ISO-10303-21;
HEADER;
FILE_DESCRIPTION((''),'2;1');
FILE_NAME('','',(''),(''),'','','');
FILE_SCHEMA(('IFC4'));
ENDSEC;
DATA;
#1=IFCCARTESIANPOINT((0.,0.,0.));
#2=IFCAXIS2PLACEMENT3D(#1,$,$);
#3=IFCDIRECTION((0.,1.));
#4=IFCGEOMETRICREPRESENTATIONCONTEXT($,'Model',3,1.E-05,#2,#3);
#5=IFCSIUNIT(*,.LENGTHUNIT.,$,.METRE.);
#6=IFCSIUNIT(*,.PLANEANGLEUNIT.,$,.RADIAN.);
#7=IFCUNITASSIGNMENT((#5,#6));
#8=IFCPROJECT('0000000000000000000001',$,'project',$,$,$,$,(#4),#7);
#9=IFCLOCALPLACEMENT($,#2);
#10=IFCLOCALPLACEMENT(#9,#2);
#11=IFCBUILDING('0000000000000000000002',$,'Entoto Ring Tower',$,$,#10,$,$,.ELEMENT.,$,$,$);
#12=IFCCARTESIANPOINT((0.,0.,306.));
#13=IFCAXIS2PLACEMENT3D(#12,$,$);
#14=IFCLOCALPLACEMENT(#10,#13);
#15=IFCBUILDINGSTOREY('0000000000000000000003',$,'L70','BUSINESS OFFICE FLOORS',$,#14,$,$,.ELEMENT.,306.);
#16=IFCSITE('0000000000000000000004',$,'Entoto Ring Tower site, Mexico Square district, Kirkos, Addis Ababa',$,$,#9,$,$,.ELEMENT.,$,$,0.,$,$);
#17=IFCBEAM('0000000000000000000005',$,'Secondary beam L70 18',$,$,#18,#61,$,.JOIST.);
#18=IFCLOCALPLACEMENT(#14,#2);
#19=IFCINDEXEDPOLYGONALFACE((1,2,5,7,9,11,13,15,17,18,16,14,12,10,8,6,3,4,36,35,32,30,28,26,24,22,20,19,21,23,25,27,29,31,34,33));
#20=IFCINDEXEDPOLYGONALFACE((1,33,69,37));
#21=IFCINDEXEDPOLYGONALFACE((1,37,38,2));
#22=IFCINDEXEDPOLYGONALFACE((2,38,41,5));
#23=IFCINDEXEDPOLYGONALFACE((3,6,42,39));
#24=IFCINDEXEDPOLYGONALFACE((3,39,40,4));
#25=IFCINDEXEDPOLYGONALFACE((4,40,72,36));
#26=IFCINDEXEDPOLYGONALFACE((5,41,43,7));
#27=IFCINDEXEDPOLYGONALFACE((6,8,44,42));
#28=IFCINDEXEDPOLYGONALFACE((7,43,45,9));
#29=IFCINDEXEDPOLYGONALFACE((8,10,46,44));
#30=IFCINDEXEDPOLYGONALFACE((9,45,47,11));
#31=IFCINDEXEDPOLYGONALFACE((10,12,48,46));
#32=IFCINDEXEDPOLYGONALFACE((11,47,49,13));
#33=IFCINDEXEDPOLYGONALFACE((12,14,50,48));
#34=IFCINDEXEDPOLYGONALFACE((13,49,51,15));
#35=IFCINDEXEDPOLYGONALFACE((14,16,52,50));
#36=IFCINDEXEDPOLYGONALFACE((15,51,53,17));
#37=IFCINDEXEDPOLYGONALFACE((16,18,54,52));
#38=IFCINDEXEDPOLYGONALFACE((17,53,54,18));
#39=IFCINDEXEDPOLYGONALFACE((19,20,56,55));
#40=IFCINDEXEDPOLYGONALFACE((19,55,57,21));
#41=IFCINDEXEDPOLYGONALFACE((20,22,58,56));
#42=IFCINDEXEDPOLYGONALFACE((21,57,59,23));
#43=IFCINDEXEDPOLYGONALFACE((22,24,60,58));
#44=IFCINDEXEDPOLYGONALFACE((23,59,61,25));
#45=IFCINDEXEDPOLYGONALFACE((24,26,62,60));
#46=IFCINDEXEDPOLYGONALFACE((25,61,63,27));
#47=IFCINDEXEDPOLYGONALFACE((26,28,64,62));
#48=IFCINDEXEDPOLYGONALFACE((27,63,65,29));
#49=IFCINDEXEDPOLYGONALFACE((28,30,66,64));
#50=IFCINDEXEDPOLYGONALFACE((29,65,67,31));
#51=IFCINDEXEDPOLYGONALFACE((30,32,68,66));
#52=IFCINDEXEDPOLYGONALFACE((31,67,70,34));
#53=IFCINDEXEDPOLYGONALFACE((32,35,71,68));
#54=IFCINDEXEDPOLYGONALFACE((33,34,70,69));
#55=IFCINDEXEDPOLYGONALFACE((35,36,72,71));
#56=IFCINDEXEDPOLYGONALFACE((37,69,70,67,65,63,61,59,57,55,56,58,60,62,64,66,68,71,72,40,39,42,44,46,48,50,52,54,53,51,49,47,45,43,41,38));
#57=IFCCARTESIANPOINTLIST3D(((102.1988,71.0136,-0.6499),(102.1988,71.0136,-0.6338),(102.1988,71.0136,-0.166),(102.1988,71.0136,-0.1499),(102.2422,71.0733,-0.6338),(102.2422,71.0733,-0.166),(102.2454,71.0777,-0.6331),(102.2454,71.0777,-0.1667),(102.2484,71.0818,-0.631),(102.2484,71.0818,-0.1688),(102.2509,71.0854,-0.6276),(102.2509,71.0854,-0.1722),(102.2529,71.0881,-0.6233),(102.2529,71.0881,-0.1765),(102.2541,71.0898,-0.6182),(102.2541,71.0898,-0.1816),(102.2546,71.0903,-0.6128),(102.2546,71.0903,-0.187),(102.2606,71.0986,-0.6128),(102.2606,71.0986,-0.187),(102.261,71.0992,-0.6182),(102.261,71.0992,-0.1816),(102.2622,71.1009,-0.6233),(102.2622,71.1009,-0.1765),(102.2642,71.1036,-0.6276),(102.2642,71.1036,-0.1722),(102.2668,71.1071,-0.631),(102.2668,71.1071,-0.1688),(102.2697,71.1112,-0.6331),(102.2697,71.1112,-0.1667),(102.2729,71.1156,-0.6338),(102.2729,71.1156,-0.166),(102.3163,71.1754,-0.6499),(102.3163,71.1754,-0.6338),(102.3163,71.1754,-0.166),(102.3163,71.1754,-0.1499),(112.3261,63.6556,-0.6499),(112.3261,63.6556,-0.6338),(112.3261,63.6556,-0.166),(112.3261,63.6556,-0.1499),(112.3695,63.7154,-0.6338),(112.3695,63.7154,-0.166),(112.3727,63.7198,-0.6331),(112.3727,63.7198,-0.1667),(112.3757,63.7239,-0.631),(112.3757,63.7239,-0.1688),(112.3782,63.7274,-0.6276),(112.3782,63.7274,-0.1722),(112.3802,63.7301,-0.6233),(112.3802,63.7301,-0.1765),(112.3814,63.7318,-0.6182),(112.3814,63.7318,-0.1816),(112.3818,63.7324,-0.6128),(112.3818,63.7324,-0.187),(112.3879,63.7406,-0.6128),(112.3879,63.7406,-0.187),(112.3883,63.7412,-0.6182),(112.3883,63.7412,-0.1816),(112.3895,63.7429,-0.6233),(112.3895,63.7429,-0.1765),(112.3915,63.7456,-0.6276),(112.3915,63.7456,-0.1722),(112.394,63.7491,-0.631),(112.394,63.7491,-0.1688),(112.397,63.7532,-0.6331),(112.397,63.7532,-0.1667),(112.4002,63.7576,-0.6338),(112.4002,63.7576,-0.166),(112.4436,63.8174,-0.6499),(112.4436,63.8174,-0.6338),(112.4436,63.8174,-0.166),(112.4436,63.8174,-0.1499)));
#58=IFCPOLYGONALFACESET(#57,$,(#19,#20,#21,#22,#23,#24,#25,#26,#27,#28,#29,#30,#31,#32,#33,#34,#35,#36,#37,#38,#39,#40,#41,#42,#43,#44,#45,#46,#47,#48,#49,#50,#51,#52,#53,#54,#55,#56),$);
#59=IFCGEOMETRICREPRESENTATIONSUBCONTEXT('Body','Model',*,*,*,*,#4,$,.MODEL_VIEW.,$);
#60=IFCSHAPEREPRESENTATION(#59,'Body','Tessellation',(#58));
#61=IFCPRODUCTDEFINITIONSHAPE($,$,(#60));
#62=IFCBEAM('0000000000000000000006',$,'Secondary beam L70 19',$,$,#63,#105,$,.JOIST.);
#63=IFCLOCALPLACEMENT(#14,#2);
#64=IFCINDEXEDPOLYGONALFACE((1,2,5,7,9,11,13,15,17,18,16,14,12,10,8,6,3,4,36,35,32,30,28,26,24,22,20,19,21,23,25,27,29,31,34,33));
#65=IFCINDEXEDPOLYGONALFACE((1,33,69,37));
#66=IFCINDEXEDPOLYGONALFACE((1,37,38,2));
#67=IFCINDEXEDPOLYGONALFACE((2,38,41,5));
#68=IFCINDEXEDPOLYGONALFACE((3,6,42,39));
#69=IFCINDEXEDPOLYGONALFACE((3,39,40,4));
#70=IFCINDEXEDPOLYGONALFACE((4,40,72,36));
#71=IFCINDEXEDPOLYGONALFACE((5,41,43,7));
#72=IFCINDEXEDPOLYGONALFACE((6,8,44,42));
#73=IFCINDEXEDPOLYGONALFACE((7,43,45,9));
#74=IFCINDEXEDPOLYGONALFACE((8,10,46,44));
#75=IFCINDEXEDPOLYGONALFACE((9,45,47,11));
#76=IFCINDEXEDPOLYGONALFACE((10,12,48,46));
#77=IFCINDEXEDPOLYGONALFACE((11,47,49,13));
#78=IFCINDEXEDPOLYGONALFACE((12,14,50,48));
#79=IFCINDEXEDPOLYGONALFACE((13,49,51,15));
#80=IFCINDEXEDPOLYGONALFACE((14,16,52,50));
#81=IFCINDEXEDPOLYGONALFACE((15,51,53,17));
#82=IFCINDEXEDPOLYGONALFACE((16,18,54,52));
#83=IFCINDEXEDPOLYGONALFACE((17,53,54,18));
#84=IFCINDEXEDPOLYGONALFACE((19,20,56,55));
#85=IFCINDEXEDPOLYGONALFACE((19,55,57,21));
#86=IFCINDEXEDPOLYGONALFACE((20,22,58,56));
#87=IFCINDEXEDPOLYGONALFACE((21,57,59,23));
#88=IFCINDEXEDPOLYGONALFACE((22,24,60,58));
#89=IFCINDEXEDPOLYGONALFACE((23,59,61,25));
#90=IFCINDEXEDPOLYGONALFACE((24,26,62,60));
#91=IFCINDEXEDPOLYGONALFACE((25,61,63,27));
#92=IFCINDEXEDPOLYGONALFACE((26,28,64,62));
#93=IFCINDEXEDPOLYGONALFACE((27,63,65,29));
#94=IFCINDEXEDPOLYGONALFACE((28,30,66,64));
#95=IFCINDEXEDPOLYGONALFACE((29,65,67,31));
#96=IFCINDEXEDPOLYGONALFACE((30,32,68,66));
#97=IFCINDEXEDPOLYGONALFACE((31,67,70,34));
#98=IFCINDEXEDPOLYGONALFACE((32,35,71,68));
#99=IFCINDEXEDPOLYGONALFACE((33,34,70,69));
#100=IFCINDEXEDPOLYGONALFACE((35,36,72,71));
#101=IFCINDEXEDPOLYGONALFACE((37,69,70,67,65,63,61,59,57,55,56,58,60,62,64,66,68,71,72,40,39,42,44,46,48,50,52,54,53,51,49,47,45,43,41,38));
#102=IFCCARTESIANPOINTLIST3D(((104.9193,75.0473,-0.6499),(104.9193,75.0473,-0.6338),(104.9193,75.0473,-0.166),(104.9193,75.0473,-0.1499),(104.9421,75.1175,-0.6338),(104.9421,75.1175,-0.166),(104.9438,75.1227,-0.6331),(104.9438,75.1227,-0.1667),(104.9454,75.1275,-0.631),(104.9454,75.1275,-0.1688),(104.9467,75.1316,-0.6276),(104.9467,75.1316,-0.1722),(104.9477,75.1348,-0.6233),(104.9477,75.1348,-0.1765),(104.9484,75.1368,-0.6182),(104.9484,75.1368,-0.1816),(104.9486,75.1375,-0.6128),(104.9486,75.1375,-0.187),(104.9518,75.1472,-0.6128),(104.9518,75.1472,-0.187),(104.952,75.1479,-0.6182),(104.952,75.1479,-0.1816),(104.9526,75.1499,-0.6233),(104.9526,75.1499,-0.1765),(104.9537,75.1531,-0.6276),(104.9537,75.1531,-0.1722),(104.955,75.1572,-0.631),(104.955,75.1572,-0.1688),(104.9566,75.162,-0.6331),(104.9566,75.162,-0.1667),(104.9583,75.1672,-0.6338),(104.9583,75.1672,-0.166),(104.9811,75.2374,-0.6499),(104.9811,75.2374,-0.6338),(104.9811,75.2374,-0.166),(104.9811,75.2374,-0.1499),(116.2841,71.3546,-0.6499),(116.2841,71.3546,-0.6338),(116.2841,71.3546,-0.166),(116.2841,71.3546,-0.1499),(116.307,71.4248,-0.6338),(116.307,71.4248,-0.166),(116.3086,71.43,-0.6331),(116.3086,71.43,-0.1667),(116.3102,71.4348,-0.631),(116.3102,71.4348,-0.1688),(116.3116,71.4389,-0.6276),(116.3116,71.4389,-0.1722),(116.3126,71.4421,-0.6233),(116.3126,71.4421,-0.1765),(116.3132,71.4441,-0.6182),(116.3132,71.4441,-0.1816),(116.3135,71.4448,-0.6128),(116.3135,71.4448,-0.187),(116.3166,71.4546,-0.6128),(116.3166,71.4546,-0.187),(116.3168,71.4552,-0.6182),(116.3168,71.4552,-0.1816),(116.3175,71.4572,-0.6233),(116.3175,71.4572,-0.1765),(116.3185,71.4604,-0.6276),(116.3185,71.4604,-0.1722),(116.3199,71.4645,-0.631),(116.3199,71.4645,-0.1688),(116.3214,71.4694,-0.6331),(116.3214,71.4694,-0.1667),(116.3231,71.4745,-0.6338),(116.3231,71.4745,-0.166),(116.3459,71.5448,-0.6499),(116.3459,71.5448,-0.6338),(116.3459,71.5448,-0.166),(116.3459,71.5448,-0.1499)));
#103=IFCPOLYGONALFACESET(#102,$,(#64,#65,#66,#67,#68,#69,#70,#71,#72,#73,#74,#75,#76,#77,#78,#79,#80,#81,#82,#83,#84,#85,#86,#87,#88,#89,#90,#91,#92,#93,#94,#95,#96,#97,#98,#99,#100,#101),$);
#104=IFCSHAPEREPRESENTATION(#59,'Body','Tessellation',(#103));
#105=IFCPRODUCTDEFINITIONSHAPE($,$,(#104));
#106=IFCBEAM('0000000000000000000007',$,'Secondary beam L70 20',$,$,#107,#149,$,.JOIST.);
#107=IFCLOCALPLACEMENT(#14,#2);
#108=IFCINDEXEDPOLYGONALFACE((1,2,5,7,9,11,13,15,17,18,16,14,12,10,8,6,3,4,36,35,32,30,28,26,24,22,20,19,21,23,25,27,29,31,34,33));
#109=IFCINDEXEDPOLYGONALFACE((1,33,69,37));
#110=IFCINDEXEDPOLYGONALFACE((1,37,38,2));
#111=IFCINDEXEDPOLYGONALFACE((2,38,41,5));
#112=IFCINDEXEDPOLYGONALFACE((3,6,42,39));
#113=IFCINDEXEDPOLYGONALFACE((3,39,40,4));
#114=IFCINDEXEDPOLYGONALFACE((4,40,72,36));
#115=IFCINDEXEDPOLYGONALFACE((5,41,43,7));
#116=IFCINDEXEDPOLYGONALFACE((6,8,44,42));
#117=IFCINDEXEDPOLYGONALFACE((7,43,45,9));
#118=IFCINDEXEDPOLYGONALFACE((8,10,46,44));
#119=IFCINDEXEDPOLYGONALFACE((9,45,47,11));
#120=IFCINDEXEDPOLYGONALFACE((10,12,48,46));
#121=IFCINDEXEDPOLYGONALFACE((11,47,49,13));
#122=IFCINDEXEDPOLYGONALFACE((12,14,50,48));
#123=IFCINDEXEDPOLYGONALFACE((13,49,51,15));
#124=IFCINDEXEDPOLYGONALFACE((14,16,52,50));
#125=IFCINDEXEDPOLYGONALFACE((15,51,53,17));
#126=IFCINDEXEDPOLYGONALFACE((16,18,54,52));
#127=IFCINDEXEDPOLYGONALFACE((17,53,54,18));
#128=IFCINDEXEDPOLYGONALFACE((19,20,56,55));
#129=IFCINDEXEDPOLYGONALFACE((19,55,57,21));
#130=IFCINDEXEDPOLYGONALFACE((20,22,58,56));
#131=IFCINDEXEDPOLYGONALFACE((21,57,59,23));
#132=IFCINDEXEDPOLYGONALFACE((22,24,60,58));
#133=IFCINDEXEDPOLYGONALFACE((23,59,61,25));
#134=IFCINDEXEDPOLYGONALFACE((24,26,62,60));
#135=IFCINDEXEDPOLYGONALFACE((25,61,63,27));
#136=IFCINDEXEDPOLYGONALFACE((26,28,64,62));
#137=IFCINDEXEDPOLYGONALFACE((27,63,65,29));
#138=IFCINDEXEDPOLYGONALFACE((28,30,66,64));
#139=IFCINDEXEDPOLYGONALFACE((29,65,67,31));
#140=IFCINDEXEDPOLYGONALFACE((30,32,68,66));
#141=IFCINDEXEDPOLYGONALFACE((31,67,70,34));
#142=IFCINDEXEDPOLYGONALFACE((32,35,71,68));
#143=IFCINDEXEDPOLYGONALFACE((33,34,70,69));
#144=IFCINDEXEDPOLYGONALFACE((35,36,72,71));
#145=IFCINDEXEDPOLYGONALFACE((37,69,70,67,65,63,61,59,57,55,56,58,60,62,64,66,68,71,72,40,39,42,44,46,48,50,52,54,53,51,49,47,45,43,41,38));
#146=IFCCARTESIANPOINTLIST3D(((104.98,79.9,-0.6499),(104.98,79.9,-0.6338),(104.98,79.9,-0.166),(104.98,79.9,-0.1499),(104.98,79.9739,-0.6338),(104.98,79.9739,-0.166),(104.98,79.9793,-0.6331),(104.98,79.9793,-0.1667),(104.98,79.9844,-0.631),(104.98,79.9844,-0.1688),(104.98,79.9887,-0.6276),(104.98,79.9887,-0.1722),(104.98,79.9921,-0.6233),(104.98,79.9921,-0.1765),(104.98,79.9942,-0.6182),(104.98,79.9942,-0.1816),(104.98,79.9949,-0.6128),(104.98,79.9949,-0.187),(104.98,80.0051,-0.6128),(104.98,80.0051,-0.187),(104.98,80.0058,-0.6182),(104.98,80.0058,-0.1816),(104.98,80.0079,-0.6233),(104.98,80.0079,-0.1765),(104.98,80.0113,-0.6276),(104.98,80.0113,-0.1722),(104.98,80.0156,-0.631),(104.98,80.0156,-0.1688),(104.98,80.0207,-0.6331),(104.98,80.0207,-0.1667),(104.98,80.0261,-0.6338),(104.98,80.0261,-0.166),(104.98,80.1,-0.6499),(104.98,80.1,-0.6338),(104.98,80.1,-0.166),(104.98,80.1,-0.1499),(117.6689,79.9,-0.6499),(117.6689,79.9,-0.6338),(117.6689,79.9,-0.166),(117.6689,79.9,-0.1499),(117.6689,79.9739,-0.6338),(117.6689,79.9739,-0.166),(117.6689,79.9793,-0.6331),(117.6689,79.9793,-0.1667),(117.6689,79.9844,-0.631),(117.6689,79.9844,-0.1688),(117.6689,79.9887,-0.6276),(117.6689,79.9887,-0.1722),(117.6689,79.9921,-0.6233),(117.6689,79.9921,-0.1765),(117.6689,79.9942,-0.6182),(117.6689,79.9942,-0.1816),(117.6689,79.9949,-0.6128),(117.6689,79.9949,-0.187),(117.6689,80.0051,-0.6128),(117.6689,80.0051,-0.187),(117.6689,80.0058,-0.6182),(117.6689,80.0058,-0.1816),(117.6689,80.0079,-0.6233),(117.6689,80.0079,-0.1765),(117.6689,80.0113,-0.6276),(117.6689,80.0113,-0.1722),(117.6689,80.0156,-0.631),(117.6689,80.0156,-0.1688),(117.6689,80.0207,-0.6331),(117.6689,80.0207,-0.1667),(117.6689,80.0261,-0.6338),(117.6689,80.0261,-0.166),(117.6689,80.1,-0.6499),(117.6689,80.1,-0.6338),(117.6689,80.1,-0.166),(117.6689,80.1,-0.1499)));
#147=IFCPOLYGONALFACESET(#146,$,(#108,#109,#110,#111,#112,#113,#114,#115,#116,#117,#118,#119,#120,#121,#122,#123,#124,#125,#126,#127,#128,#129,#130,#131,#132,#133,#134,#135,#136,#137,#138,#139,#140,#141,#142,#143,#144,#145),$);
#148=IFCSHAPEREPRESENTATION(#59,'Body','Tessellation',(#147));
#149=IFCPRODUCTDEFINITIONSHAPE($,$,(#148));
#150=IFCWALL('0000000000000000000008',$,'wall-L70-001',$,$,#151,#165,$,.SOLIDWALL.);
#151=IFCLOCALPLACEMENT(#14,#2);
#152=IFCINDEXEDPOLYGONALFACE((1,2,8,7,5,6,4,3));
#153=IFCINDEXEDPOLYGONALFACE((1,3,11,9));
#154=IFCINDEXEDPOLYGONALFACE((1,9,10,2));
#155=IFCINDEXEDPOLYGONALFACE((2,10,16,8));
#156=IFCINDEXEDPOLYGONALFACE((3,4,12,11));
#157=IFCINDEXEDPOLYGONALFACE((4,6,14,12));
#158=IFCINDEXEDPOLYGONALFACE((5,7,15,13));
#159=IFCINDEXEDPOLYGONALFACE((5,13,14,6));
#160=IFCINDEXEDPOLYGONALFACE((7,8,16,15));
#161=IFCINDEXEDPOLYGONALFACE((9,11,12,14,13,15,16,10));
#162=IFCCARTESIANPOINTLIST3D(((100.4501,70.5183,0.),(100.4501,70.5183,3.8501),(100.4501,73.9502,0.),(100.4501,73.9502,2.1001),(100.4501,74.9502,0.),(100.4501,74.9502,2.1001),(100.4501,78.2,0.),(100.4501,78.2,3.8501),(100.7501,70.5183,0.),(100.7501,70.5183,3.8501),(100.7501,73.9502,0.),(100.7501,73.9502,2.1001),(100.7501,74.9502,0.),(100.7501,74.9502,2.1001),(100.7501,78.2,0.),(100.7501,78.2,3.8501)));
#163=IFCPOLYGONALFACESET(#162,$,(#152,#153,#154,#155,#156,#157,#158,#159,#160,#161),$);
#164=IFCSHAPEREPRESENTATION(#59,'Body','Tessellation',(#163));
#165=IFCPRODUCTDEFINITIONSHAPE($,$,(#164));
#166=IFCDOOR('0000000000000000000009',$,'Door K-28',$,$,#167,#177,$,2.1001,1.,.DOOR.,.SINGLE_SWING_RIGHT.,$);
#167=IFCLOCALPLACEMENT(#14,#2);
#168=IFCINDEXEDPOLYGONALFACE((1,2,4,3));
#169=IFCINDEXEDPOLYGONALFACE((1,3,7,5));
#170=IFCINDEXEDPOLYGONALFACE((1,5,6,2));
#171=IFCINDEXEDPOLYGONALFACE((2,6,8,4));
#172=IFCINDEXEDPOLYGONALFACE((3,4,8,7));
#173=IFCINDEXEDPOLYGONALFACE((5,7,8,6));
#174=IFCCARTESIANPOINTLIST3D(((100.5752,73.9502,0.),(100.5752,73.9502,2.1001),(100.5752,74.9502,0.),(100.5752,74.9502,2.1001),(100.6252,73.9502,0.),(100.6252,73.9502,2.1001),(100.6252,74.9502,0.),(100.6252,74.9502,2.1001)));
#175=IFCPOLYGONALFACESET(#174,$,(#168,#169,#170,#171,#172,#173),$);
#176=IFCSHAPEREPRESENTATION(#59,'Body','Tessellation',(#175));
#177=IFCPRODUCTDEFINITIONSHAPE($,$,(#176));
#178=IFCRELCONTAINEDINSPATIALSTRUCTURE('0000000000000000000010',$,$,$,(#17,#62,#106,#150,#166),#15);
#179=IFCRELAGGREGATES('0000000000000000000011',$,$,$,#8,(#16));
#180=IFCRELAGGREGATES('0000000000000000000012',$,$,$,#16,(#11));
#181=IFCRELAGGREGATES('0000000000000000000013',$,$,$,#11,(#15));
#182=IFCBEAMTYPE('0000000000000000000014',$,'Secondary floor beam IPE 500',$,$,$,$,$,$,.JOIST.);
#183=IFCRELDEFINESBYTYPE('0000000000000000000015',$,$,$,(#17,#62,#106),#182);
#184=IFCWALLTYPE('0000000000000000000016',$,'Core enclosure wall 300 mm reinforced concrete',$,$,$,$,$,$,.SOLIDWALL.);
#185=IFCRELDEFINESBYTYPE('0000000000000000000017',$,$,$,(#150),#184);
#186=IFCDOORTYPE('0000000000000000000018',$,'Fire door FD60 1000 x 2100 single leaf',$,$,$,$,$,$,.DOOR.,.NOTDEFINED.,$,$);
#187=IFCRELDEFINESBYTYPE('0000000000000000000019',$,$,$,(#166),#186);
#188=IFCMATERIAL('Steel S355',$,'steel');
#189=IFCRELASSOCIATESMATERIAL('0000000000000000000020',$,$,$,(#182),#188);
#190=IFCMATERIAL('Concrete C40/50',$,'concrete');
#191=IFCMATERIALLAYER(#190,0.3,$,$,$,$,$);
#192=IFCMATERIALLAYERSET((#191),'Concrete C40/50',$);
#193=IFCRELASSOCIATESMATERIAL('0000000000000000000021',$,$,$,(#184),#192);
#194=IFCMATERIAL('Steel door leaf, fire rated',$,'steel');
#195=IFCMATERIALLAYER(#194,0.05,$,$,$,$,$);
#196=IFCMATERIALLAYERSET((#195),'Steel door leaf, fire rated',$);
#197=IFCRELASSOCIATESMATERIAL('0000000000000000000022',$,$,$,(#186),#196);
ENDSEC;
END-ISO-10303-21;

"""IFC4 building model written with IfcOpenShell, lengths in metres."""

from ifc_helpers import new_model, si_unit, direction, frame, frame_2d, origin, origin_2d, place, context, subcontext, project, spatial, rectangle, i_section, extrude, material, layer, layer_set, material_profile, profile_set, type_object, element, fill, save


model = new_model("IFC4")

# Units and contexts
model_context = context("Model", 3, precision=1e-05, world=origin(), true_north=direction((0.0, 1.0)))
body_context = subcontext(model_context, "Body", "Model", "MODEL_VIEW")
ifc_project = project(units=[si_unit("LENGTHUNIT", "METRE"), si_unit("PLANEANGLEUNIT", "RADIAN")], contexts=[model_context])

# Site, building, storey
site_placement = place(None, origin())
site = spatial("IfcSite", under=ifc_project, at=site_placement, Name="Entoto Ring Tower site, Mexico Square district, Kirkos, Addis Ababa", CompositionType="ELEMENT", RefElevation=0.0)
building_placement = place(site_placement, origin())
building = spatial("IfcBuilding", under=site, at=building_placement, Name="Entoto Ring Tower", CompositionType="ELEMENT")
storey_placement = place(building_placement, frame((0.0, 0.0, 306.0)))
storey = spatial("IfcBuildingStorey", under=building, at=storey_placement, Name="L70", Description="BUSINESS OFFICE FLOORS", CompositionType="ELEMENT", Elevation=306.0)

# Beams
ifc_material_1 = material(Name="Steel S355", Category="steel")
ifc_material_profile_1 = material_profile(ifc_material_1, i_section(OverallWidth=0.2, OverallDepth=0.5, WebThickness=0.0103, FlangeThickness=0.0161, FilletRadius=0.021, at=origin_2d()), Name="IPE 500")
ifc_profile_set_1 = profile_set([ifc_material_profile_1], Name="Steel S355")
beam_type_1 = type_object("IfcBeamType", Name="Secondary floor beam IPE 500", PredefinedType="JOIST", material=ifc_profile_set_1)
beam_1_placement = place(storey_placement, frame((102.2576, 71.0945, -0.3999), z_axis=(0.809014, -0.587789, 0.0), x_axis=(0.587789, 0.809014, 0.0)))
element("IfcBeam", 1, at=beam_1_placement, inside=storey, type_object=beam_type_1, Name="Secondary beam L70 18", PredefinedType="JOIST", context=body_context, shape_type="SweptSolid", body=[
    extrude(i_section(OverallWidth=0.2, OverallDepth=0.5, WebThickness=0.0103, FlangeThickness=0.0161, FilletRadius=0.021, at=origin_2d()), origin(), (0.0, 0.0, 1.0), 12.5181),
])
beam_2_placement = place(storey_placement, frame((104.9502, 75.1423, -0.3999), z_axis=(0.951057, -0.309017, 0.0), x_axis=(0.309017, 0.951057, 0.0)))
element("IfcBeam", 2, at=beam_2_placement, inside=storey, type_object=beam_type_1, Name="Secondary beam L70 19", PredefinedType="JOIST", context=body_context, shape_type="SweptSolid", body=[
    extrude(i_section(OverallWidth=0.2, OverallDepth=0.5, WebThickness=0.0103, FlangeThickness=0.0161, FilletRadius=0.021, at=origin_2d()), origin(), (0.0, 0.0, 1.0), 11.9497),
])
beam_3_placement = place(storey_placement, frame((104.98, 80.0, -0.3999), z_axis=(1.0, 0.0, 0.0), x_axis=(0.0, 1.0, 0.0)))
element("IfcBeam", 3, at=beam_3_placement, inside=storey, type_object=beam_type_1, Name="Secondary beam L70 20", PredefinedType="JOIST", context=body_context, shape_type="SweptSolid", body=[
    extrude(i_section(OverallWidth=0.2, OverallDepth=0.5, WebThickness=0.0103, FlangeThickness=0.0161, FilletRadius=0.021, at=origin_2d()), origin(), (0.0, 0.0, 1.0), 12.689),
])

# Wall, opening, door
ifc_material_2 = material(Name="Concrete C40/50", Category="concrete")
ifc_layer_1 = layer(ifc_material_2, 0.3)
ifc_layer_set_1 = layer_set([ifc_layer_1], Name="Concrete C40/50")
wall_type_1 = type_object("IfcWallType", Name="Core enclosure wall 300 mm reinforced concrete", PredefinedType="SOLIDWALL", material=ifc_layer_set_1)
wall_1_placement = place(storey_placement, frame((100.6001, 70.5183, 0.0), z_axis=(0.0, 0.0, 1.0), x_axis=(0.0, 1.0, 0.0)))
wall_1 = element("IfcWall", 4, at=wall_1_placement, inside=storey, type_object=wall_type_1, Name="wall-L70-001", PredefinedType="SOLIDWALL", context=body_context, shape_type="SweptSolid", body=[
    extrude(rectangle(XDim=7.6816, YDim=0.3, at=frame_2d((3.8408, 0.0))), origin(), (0.0, 0.0, 1.0), 3.8501),
])
opening_1_placement = place(wall_1_placement, frame((3.4319, 0.0, 0.0)))
opening_1 = element("IfcOpeningElement", 5, at=opening_1_placement, cuts=wall_1, PredefinedType="OPENING", context=body_context, shape_type="SweptSolid", body=[
    extrude(rectangle(XDim=1.0, YDim=2.1001, at=frame_2d((0.5, 1.05))), frame((0.0, 0.1602, 0.0), z_axis=(0.0, -1.0, 0.0), x_axis=(1.0, 0.0, 0.0)), (0.0, 0.0, 1.0), 0.3201),
])
ifc_material_3 = material(Name="Steel door leaf, fire rated", Category="steel")
ifc_layer_2 = layer(ifc_material_3, 0.05)
ifc_layer_set_2 = layer_set([ifc_layer_2], Name="Steel door leaf, fire rated")
door_type_1 = type_object("IfcDoorType", Name="Fire door FD60 1000 x 2100 single leaf", OperationType="NOTDEFINED", PredefinedType="DOOR", material=ifc_layer_set_2)
door_1_placement = place(opening_1_placement, origin())
door_1 = element("IfcDoor", 6, at=door_1_placement, inside=storey, type_object=door_type_1, Name="Door K-28", OperationType="SINGLE_SWING_RIGHT", OverallHeight=2.1001, OverallWidth=1.0, PredefinedType="DOOR", context=body_context, shape_type="SweptSolid", body=[
    extrude(rectangle(XDim=1.0, YDim=2.1001, at=frame_2d((0.5, 1.05))), frame((0.0, 0.0249, 0.0), z_axis=(0.0, -1.0, 0.0), x_axis=(1.0, 0.0, 0.0)), (0.0, 0.0, 1.0), 0.05),
])
fill(opening_1, door_1)

save(model, "model.ifc")
